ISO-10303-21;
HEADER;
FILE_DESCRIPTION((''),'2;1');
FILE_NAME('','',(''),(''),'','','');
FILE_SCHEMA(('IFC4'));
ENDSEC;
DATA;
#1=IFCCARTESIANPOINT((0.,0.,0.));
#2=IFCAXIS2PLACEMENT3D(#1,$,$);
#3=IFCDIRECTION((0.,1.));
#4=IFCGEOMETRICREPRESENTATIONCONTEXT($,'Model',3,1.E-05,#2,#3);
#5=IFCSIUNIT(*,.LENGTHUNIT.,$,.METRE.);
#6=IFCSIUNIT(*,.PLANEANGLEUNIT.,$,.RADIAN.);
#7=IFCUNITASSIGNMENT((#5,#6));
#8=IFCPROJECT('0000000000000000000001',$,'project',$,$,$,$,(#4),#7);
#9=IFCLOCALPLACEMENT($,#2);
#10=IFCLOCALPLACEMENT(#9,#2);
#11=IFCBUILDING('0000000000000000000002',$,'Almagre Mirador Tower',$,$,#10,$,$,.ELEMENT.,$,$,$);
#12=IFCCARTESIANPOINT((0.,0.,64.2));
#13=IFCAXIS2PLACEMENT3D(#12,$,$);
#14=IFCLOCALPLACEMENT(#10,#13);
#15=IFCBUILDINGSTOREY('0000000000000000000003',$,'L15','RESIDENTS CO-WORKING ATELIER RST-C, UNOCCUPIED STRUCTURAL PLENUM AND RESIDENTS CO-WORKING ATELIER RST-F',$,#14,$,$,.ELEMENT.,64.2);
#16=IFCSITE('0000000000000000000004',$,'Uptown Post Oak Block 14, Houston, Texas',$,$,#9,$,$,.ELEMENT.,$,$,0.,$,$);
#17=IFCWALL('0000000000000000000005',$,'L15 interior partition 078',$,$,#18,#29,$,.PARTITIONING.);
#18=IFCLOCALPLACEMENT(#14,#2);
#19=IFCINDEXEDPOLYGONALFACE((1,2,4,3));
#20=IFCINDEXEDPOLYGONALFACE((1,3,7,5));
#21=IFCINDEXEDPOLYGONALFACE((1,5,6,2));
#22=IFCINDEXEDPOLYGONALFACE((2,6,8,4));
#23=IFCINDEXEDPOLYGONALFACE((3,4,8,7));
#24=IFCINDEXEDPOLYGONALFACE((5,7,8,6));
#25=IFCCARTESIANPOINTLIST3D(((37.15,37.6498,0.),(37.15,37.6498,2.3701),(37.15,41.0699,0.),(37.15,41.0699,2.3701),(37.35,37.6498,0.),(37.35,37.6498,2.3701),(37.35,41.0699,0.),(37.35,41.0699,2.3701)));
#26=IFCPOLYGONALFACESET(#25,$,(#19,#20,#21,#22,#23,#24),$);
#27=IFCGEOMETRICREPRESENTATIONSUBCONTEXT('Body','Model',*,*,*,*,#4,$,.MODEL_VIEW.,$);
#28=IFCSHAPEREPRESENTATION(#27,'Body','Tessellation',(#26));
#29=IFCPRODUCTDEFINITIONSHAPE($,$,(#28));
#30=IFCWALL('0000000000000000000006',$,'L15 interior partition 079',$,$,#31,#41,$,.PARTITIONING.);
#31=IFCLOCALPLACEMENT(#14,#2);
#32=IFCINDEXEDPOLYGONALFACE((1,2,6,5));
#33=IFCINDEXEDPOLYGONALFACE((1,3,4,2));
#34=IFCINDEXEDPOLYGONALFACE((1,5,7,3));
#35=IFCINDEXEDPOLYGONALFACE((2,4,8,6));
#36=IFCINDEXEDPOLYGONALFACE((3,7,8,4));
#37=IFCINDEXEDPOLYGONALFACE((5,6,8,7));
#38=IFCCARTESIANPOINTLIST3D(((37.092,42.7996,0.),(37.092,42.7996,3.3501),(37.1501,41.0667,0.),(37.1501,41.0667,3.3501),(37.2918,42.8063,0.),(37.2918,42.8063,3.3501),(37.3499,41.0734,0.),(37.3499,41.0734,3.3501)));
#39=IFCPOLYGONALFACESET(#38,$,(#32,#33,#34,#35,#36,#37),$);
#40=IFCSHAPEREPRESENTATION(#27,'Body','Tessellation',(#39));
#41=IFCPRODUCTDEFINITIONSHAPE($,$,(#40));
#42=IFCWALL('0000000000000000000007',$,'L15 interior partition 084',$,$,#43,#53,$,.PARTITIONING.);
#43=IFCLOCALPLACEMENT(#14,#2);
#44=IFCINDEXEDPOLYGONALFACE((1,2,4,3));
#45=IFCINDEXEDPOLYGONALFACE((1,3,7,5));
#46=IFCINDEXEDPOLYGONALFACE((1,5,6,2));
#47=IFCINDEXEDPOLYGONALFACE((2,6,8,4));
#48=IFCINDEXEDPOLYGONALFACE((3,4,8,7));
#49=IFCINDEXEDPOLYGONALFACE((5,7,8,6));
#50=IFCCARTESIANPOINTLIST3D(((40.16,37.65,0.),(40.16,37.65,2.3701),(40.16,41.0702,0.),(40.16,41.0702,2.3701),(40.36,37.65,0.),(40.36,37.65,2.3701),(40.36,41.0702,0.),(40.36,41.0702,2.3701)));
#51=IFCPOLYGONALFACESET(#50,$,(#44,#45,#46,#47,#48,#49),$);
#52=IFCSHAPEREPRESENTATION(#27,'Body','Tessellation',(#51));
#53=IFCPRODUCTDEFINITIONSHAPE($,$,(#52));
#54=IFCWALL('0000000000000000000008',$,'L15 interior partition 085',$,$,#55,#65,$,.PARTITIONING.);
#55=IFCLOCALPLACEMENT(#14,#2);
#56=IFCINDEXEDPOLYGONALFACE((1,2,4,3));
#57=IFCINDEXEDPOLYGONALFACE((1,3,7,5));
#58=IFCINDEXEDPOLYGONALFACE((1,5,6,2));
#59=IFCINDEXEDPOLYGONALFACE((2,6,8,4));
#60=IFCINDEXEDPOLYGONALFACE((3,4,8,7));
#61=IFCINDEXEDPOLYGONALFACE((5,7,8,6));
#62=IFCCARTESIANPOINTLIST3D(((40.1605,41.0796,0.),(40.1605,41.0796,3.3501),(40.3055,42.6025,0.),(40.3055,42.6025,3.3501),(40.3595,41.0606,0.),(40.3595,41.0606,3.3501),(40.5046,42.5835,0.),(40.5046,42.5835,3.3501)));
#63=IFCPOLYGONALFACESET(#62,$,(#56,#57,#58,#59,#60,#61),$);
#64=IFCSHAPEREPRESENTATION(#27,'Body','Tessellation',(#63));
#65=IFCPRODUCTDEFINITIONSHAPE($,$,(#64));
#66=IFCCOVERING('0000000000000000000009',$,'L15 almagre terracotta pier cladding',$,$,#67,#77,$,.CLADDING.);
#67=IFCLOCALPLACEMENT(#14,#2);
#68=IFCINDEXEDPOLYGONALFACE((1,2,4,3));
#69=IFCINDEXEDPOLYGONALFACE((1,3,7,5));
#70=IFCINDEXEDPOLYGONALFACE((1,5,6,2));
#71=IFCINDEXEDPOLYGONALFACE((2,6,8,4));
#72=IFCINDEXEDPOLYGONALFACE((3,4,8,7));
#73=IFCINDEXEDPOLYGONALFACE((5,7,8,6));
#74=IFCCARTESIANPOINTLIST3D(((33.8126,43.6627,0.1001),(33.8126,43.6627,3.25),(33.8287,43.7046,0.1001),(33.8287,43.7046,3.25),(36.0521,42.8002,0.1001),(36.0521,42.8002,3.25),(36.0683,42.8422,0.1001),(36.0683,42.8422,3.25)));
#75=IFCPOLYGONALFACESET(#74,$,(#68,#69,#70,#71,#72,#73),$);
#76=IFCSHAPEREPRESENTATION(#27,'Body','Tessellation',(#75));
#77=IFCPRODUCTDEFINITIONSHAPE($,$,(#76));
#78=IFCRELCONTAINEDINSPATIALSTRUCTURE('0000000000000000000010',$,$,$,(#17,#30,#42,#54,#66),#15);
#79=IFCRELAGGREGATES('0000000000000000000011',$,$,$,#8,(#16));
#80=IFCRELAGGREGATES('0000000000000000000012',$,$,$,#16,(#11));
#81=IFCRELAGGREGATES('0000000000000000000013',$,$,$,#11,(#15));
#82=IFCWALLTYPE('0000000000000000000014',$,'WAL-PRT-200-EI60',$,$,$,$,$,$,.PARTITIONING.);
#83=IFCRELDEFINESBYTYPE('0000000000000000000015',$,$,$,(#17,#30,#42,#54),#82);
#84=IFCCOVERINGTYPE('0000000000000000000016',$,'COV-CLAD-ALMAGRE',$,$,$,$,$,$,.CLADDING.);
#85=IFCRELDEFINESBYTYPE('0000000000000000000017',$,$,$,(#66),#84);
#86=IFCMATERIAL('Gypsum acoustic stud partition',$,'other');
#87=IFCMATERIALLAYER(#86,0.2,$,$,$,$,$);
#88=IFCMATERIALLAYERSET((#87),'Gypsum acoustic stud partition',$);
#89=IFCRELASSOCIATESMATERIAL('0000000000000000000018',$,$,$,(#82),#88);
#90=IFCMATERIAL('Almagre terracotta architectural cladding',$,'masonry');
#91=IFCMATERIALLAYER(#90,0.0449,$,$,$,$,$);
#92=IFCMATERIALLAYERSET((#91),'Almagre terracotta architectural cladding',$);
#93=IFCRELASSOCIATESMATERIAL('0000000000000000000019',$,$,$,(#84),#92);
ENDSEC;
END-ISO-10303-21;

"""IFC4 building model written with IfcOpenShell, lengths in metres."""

from ifc_helpers import new_model, si_unit, direction, frame, frame_2d, origin, origin_2d, place, context, subcontext, project, spatial, rectangle, extrude, material, layer, layer_set, type_object, element, save


model = new_model("IFC4")

# Units and contexts
model_context = context("Model", 3, precision=1e-05, world=origin(), true_north=direction((0.0, 1.0)))
body_context = subcontext(model_context, "Body", "Model", "MODEL_VIEW")
ifc_project = project(units=[si_unit("LENGTHUNIT", "METRE"), si_unit("PLANEANGLEUNIT", "RADIAN")], contexts=[model_context])

# Site, building, storey
site_placement = place(None, origin())
site = spatial("IfcSite", under=ifc_project, at=site_placement, Name="Uptown Post Oak Block 14, Houston, Texas", CompositionType="ELEMENT", RefElevation=0.0)
building_placement = place(site_placement, origin())
building = spatial("IfcBuilding", under=site, at=building_placement, Name="Almagre Mirador Tower", CompositionType="ELEMENT")
storey_placement = place(building_placement, frame((0.0, 0.0, 64.2)))
storey = spatial("IfcBuildingStorey", under=building, at=storey_placement, Name="L15", Description="RESIDENTS CO-WORKING ATELIER RST-C, UNOCCUPIED STRUCTURAL PLENUM AND RESIDENTS CO-WORKING ATELIER RST-F", CompositionType="ELEMENT", Elevation=64.2)

# Walls
ifc_material_1 = material(Name="Gypsum acoustic stud partition", Category="other")
ifc_layer_1 = layer(ifc_material_1, 0.2)
ifc_layer_set_1 = layer_set([ifc_layer_1], Name="Gypsum acoustic stud partition")
wall_type_1 = type_object("IfcWallType", Name="WAL-PRT-200-EI60", PredefinedType="PARTITIONING", material=ifc_layer_set_1)
wall_1_placement = place(storey_placement, frame((37.25, 37.6499, 0.0), z_axis=(0.0, 0.0, 1.0), x_axis=(0.0, 1.0, 0.0)))
element("IfcWall", 1, at=wall_1_placement, inside=storey, type_object=wall_type_1, Name="L15 interior partition 078", PredefinedType="PARTITIONING", context=body_context, shape_type="SweptSolid", body=[
    extrude(rectangle(XDim=3.4202, YDim=0.2, at=frame_2d((1.71, 0.0))), origin(), (0.0, 0.0, 1.0), 2.3701),
])
wall_2_placement = place(storey_placement, frame((37.25, 41.0701, 0.0), z_axis=(0.0, 0.0, 1.0), x_axis=(-0.033512, 0.999438, 0.0)))
element("IfcWall", 2, at=wall_2_placement, inside=storey, type_object=wall_type_1, Name="L15 interior partition 079", PredefinedType="PARTITIONING", context=body_context, shape_type="SweptSolid", body=[
    extrude(rectangle(XDim=1.7339, YDim=0.2, at=frame_2d((0.8669, 0.0))), origin(), (0.0, 0.0, 1.0), 3.3501),
])
wall_3_placement = place(storey_placement, frame((40.26, 41.0701, 0.0), z_axis=(0.0, 0.0, 1.0), x_axis=(0.0, -1.0, 0.0)))
element("IfcWall", 3, at=wall_3_placement, inside=storey, type_object=wall_type_1, Name="L15 interior partition 084", PredefinedType="PARTITIONING", context=body_context, shape_type="SweptSolid", body=[
    extrude(rectangle(XDim=3.4202, YDim=0.2, at=frame_2d((1.71, 0.0))), origin(), (0.0, 0.0, 1.0), 2.3701),
])
wall_4_placement = place(storey_placement, frame((40.405, 42.593, 0.0), z_axis=(0.0, 0.0, 1.0), x_axis=(-0.094794, -0.995497, 0.0)))
element("IfcWall", 4, at=wall_4_placement, inside=storey, type_object=wall_type_1, Name="L15 interior partition 085", PredefinedType="PARTITIONING", context=body_context, shape_type="SweptSolid", body=[
    extrude(rectangle(XDim=1.5298, YDim=0.2, at=frame_2d((0.7649, 0.0))), origin(), (0.0, 0.0, 1.0), 3.3501),
])

# Covering
ifc_material_2 = material(Name="Almagre terracotta architectural cladding", Category="masonry")
ifc_layer_2 = layer(ifc_material_2, 0.0449)
ifc_layer_set_2 = layer_set([ifc_layer_2], Name="Almagre terracotta architectural cladding")
covering_type = type_object("IfcCoveringType", Name="COV-CLAD-ALMAGRE", PredefinedType="CLADDING", material=ifc_layer_set_2)
covering_placement = place(storey_placement, frame((34.9404, 43.2524, 0.1001), z_axis=(0.0, 0.0, 1.0), x_axis=(0.933192, -0.359378, 0.0)))
element("IfcCovering", 5, at=covering_placement, inside=storey, type_object=covering_type, Name="L15 almagre terracotta pier cladding", PredefinedType="CLADDING", context=body_context, shape_type="SweptSolid", body=[
    extrude(rectangle(XDim=2.3999, YDim=0.0449, at=origin_2d()), origin(), (0.0, 0.0, 1.0), 3.1499),
])

save(model, "model.ifc")
